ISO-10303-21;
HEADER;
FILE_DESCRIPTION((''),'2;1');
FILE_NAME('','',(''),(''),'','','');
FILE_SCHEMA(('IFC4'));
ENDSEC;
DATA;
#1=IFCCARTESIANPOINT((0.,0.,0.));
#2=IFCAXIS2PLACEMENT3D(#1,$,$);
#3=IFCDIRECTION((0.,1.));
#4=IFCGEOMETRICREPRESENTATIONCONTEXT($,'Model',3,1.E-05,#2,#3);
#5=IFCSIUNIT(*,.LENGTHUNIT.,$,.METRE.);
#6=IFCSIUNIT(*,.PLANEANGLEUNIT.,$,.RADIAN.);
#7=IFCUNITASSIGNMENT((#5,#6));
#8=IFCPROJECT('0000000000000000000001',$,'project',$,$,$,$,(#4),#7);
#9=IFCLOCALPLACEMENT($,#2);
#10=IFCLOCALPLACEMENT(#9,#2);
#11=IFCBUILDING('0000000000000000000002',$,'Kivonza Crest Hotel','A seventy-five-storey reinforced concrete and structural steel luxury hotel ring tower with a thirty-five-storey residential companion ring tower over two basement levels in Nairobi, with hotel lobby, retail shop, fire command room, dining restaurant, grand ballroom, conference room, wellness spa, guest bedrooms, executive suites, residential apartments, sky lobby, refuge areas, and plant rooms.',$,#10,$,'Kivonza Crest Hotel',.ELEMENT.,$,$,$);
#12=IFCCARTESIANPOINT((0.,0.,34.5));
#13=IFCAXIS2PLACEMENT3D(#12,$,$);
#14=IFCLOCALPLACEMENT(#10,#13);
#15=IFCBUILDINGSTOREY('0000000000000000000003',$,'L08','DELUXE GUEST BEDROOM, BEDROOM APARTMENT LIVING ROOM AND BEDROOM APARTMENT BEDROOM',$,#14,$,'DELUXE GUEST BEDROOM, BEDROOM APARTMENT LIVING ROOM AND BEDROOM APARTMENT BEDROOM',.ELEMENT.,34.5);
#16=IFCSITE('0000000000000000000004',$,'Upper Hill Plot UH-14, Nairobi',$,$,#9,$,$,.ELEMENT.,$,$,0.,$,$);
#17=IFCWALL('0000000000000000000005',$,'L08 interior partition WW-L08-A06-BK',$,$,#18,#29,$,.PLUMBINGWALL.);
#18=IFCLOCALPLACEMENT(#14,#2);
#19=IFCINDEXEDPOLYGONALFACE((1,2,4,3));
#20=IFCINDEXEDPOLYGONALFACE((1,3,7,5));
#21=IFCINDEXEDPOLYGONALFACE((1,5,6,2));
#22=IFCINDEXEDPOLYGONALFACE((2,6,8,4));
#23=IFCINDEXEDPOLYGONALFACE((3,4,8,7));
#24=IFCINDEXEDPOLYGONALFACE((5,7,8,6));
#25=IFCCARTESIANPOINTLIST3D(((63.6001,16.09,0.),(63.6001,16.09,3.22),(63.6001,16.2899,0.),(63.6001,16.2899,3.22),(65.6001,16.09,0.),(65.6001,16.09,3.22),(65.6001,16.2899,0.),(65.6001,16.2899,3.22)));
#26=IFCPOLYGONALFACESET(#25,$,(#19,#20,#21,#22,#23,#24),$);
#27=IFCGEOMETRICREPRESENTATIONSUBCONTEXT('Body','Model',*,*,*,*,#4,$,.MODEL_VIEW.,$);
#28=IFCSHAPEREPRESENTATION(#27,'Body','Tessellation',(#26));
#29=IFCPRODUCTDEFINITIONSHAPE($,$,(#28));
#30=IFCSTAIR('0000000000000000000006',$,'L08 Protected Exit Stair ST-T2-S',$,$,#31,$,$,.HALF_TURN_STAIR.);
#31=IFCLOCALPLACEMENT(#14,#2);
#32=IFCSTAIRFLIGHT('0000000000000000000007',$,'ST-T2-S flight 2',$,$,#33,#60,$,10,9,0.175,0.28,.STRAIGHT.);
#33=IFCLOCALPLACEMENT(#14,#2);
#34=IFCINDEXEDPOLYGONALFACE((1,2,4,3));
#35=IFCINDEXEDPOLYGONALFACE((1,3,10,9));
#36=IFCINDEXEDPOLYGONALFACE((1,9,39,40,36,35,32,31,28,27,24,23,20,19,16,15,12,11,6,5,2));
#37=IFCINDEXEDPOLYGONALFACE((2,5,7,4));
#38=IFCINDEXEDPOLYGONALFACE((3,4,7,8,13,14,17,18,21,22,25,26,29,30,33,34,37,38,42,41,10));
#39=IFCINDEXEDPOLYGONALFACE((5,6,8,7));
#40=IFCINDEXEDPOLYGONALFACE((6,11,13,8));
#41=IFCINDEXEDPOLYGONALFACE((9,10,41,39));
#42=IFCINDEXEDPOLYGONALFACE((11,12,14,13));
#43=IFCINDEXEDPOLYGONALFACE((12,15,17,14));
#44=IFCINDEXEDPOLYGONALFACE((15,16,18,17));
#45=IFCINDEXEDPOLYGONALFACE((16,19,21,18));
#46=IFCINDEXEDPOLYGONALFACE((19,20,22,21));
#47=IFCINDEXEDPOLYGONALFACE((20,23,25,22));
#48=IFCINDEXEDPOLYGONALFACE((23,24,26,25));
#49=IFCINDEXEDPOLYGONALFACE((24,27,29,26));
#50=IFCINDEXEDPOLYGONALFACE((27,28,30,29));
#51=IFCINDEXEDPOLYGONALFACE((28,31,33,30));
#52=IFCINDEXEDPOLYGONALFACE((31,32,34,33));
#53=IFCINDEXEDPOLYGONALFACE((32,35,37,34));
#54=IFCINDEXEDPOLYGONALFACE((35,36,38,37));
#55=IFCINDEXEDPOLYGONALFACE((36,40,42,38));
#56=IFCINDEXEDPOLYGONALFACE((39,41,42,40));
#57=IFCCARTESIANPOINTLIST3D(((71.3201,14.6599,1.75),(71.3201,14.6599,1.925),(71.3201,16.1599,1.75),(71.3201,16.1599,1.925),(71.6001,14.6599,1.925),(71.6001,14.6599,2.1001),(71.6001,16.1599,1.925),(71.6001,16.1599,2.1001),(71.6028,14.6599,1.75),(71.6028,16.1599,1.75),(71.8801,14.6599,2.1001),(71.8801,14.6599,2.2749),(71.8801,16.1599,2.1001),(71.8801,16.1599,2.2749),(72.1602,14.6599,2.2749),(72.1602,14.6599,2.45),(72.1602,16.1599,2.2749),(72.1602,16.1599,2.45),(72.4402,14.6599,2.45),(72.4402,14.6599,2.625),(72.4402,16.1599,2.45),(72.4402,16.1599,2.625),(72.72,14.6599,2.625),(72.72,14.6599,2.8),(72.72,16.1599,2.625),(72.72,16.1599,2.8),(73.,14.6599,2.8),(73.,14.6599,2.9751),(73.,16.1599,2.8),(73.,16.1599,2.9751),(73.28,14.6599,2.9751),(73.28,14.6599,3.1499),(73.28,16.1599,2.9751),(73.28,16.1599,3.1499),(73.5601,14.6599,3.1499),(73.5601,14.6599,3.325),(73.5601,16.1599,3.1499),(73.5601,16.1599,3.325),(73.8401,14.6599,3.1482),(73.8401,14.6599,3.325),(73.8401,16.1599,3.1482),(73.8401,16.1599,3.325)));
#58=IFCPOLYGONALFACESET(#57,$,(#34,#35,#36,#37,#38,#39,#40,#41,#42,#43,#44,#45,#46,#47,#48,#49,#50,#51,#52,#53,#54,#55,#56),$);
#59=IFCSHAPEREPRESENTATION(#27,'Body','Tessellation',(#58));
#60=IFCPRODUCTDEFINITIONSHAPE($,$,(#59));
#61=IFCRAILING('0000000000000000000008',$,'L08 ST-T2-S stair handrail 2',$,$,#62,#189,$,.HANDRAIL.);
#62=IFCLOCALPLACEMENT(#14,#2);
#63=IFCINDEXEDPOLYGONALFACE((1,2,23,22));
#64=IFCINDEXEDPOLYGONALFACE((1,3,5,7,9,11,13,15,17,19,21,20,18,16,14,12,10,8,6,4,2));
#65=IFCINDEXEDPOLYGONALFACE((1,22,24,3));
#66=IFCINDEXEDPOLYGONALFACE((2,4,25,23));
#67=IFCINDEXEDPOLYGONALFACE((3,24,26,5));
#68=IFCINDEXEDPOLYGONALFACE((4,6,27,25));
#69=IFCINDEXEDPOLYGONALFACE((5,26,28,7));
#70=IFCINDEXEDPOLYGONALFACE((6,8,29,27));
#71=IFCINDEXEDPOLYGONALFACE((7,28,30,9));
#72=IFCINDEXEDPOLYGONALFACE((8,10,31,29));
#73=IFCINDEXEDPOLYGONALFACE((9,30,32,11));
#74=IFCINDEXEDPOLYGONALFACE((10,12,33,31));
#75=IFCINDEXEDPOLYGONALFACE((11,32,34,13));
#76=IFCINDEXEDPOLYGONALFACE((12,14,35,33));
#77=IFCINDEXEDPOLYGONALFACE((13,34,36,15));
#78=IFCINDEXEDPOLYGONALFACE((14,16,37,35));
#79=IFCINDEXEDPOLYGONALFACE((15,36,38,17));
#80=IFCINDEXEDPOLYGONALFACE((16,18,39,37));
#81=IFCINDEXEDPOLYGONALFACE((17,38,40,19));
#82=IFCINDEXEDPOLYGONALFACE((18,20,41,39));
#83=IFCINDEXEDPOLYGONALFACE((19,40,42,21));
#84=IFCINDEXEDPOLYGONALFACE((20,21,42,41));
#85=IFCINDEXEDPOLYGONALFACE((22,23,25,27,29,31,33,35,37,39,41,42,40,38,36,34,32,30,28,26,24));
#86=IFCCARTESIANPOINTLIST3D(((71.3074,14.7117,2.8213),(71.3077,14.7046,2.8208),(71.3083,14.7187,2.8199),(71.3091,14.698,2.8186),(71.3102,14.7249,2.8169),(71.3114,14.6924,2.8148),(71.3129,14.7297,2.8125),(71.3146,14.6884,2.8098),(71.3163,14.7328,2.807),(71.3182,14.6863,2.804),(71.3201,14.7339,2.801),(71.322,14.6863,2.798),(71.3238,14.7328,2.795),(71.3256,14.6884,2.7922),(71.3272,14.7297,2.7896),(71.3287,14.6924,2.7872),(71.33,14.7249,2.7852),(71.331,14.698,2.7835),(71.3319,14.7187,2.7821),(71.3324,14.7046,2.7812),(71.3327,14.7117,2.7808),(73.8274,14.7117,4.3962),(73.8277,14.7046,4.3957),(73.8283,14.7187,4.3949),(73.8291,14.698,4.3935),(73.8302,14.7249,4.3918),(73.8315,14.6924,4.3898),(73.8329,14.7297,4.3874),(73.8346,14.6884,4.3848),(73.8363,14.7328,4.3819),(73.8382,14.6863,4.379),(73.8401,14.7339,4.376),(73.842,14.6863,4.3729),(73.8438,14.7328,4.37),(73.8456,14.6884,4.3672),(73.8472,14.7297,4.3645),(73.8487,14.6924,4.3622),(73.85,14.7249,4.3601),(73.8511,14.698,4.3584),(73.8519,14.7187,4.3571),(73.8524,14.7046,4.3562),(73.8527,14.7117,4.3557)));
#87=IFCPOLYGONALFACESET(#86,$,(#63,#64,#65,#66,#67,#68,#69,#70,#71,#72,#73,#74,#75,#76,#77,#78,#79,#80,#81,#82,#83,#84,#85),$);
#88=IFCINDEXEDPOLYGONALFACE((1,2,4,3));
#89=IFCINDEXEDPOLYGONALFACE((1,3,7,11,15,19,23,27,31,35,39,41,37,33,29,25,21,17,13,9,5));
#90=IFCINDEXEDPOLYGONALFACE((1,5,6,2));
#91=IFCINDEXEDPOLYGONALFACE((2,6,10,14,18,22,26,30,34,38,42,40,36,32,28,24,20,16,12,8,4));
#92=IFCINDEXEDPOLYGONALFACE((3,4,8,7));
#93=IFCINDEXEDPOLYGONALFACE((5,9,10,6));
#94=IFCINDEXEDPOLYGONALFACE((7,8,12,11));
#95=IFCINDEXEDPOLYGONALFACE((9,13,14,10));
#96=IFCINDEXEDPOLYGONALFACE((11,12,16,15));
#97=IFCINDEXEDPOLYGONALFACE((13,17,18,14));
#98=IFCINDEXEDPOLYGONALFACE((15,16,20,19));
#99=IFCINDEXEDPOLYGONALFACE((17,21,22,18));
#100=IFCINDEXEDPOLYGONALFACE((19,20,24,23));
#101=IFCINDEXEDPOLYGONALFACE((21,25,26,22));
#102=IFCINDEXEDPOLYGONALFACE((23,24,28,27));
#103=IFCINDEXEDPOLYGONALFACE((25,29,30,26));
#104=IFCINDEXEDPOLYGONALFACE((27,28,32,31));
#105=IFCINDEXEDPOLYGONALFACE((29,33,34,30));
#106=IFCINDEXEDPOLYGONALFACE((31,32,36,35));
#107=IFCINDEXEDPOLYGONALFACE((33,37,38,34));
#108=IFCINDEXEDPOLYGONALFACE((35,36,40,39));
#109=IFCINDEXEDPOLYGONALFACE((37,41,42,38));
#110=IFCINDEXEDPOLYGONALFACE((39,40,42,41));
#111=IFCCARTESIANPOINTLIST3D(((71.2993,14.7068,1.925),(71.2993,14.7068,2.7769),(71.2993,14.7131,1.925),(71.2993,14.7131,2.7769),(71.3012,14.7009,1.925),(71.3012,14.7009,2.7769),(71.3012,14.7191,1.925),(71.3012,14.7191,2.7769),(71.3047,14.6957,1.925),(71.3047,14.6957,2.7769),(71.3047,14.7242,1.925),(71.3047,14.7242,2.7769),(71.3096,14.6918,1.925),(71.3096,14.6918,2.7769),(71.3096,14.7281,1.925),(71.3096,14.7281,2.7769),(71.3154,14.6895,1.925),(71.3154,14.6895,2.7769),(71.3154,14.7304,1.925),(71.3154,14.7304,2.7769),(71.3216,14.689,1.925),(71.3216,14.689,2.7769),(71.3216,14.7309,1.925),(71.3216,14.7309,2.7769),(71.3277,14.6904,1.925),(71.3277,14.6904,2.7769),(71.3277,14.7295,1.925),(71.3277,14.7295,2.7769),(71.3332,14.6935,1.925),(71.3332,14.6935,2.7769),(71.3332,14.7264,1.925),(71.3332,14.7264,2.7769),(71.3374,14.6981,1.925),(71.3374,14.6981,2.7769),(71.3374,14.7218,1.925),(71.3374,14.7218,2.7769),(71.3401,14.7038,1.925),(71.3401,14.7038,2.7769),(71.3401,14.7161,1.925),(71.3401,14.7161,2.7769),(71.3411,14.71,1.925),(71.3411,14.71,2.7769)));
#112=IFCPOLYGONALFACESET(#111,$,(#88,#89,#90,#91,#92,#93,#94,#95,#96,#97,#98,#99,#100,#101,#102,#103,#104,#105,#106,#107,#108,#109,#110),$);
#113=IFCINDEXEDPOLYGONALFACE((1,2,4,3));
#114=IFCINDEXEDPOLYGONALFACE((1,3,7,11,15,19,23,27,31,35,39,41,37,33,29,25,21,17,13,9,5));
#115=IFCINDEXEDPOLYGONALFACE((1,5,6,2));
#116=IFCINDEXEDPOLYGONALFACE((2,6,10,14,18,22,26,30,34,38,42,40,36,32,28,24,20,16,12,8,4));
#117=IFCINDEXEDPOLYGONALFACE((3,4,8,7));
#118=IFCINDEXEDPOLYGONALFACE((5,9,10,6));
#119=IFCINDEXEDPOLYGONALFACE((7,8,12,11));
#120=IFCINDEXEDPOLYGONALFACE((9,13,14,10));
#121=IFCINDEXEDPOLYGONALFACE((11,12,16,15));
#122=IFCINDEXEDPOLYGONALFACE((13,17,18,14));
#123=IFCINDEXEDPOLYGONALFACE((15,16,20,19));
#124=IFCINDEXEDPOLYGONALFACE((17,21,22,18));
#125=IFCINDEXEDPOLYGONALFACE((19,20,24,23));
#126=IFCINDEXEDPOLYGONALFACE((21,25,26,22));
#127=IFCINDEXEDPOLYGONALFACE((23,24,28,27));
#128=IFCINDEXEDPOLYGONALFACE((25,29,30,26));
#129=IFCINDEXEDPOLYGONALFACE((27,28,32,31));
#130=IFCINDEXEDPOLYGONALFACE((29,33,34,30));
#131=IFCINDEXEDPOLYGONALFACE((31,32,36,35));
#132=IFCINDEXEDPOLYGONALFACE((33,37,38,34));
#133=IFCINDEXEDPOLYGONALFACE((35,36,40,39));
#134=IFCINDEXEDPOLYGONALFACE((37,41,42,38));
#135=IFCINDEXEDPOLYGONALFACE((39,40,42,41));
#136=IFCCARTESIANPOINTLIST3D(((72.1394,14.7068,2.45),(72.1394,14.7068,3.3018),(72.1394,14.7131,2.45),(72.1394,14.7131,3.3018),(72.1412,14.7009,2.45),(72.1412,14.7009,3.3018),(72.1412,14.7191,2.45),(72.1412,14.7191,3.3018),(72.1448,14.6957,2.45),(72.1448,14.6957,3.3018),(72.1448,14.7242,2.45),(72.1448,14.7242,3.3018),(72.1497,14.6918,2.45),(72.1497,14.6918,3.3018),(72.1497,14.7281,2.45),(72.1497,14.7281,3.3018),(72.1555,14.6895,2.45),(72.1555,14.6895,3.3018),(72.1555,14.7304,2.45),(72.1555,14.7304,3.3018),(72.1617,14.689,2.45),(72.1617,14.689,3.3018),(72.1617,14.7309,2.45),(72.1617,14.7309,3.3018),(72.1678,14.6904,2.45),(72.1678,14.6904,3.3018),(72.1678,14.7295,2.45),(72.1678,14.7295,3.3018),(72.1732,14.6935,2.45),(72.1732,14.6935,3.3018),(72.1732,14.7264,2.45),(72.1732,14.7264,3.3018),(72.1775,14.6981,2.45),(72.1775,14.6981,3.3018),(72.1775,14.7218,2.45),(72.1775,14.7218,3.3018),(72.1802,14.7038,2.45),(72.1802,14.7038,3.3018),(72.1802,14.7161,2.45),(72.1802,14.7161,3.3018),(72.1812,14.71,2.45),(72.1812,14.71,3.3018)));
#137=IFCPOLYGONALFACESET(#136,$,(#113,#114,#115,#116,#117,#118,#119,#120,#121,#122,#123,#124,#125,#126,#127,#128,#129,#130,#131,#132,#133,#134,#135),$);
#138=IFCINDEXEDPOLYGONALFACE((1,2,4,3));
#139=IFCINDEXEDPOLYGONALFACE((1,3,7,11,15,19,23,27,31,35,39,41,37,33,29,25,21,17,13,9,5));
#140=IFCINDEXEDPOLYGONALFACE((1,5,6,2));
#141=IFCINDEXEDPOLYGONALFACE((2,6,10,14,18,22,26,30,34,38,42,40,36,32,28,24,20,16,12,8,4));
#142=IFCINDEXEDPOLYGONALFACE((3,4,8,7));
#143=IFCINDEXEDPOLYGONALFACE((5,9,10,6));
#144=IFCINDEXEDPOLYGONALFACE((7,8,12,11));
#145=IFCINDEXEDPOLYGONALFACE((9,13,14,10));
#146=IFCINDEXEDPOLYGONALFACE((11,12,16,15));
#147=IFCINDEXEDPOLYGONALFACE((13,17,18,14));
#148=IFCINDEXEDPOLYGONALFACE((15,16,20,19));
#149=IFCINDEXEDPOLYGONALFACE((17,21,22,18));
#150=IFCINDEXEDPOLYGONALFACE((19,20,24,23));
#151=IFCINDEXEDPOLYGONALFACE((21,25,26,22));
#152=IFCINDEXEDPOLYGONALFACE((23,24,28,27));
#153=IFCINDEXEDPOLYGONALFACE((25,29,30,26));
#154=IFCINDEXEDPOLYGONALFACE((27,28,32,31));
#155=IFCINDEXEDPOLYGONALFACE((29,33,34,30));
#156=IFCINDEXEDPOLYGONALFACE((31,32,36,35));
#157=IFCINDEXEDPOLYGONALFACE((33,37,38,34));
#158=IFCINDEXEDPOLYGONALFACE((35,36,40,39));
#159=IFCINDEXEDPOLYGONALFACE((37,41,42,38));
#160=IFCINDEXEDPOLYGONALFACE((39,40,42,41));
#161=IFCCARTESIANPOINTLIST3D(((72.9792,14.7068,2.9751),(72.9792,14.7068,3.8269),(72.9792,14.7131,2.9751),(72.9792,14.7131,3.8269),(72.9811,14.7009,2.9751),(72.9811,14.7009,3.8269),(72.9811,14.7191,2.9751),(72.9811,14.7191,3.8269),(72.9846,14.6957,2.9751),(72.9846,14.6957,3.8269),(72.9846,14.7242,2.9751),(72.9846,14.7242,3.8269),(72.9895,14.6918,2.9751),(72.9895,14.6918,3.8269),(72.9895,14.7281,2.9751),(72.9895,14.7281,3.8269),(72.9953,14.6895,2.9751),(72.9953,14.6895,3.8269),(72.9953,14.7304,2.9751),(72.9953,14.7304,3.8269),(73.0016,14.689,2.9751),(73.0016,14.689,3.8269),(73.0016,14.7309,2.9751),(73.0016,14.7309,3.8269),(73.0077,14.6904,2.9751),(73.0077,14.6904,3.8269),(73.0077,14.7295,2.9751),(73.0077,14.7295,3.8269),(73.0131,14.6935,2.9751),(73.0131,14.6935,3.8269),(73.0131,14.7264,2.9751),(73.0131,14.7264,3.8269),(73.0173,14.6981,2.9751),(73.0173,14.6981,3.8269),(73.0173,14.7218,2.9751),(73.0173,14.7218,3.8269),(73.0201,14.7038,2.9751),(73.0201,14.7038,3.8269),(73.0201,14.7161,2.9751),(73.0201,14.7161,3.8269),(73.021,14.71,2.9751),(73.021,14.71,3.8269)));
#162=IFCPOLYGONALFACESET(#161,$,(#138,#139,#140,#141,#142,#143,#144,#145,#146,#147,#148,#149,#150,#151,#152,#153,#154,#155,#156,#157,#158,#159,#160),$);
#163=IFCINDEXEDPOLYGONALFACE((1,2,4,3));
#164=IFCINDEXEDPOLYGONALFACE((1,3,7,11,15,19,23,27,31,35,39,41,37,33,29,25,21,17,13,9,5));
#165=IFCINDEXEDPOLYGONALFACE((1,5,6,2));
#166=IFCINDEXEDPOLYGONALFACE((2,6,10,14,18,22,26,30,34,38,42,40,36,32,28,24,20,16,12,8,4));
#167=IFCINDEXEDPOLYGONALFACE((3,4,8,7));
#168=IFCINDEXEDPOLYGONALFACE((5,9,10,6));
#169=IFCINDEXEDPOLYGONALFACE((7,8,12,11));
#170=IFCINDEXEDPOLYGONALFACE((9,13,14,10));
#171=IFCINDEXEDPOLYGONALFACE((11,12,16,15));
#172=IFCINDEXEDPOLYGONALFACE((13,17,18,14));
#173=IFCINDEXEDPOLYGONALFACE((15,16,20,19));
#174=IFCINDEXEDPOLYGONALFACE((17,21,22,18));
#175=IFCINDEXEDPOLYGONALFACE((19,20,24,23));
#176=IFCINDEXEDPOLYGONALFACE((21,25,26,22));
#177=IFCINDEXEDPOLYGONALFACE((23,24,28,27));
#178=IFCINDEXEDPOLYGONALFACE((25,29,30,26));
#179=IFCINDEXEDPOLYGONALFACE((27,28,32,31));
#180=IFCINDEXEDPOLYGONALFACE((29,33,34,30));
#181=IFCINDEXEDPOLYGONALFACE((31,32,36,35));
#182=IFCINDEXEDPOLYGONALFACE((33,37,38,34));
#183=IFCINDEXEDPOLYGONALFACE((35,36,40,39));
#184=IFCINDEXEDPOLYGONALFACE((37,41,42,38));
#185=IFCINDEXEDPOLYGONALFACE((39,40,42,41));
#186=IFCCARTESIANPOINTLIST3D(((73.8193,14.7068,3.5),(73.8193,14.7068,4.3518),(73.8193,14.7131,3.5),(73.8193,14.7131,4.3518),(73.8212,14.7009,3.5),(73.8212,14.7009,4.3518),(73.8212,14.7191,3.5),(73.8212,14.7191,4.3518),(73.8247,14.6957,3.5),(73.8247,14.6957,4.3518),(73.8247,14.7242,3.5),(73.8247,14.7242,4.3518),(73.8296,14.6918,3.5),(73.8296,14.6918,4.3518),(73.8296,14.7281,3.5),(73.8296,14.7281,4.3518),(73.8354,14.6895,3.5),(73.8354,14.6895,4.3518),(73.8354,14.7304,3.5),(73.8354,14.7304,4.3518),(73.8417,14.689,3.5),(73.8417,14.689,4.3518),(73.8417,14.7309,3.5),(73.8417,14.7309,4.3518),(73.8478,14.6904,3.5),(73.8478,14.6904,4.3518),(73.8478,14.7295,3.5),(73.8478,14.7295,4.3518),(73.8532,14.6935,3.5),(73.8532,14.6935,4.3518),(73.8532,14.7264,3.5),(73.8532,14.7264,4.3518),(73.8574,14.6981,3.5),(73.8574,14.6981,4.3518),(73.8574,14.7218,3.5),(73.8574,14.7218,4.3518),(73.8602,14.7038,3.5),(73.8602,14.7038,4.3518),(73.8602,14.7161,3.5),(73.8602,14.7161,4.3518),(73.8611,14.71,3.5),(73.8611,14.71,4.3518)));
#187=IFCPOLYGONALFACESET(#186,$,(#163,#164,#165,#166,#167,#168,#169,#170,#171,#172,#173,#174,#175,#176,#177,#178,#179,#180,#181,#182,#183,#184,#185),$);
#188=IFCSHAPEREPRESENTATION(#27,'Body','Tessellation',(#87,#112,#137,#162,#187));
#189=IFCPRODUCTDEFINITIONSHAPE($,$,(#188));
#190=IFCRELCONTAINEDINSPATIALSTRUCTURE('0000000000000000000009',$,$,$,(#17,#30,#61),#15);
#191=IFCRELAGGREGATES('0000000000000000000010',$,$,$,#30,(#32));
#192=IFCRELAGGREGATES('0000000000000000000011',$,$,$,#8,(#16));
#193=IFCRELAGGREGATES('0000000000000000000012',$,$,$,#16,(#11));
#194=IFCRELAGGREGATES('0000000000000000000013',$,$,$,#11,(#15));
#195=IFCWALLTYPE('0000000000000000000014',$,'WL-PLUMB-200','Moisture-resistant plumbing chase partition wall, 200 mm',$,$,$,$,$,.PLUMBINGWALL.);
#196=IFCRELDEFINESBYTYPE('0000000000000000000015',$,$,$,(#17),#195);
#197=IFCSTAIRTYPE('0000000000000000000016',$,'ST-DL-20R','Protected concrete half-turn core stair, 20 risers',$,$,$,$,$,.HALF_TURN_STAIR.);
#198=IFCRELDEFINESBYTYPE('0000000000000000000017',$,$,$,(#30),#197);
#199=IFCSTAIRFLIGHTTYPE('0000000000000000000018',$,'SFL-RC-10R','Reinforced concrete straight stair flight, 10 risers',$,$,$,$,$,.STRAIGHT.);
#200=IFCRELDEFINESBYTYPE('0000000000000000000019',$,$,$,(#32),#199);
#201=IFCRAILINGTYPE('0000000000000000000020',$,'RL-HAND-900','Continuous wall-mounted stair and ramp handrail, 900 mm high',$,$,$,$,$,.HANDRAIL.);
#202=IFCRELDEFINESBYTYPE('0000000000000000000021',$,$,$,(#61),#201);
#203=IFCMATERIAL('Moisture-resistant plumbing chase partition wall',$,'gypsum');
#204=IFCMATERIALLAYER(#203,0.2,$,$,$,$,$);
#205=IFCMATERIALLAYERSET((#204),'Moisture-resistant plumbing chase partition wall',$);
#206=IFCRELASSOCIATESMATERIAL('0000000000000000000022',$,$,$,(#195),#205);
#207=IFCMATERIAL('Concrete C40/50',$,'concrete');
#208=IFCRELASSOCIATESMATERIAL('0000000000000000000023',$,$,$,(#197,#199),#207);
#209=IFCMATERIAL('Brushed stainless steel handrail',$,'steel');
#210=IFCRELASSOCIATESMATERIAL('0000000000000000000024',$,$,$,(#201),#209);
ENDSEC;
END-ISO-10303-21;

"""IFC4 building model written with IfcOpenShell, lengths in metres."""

from ifc_helpers import new_model, si_unit, direction, frame, frame_2d, origin, origin_2d, place, context, subcontext, project, spatial, polyline, rectangle, circle, outline, extrude, material, layer, layer_set, type_object, element, aggregate, save


model = new_model("IFC4")

# Units and contexts
model_context = context("Model", 3, precision=1e-05, world=origin(), true_north=direction((0.0, 1.0)))
body_context = subcontext(model_context, "Body", "Model", "MODEL_VIEW")
ifc_project = project(units=[si_unit("LENGTHUNIT", "METRE"), si_unit("PLANEANGLEUNIT", "RADIAN")], contexts=[model_context])

# Site, building, storey
site_placement = place(None, origin())
site = spatial("IfcSite", under=ifc_project, at=site_placement, Name="Upper Hill Plot UH-14, Nairobi", CompositionType="ELEMENT", RefElevation=0.0)
building_placement = place(site_placement, origin())
building = spatial("IfcBuilding", under=site, at=building_placement, Name="Kivonza Crest Hotel", Description="A seventy-five-storey reinforced concrete and structural steel luxury hotel ring tower with a thirty-five-storey residential companion ring tower over two basement levels in Nairobi, with hotel lobby, retail shop, fire command room, dining restaurant, grand ballroom, conference room, wellness spa, guest bedrooms, executive suites, residential apartments, sky lobby, refuge areas, and plant rooms.", LongName="Kivonza Crest Hotel", CompositionType="ELEMENT")
storey_placement = place(building_placement, frame((0.0, 0.0, 34.5)))
storey = spatial("IfcBuildingStorey", under=building, at=storey_placement, Name="L08", Description="DELUXE GUEST BEDROOM, BEDROOM APARTMENT LIVING ROOM AND BEDROOM APARTMENT BEDROOM", LongName="DELUXE GUEST BEDROOM, BEDROOM APARTMENT LIVING ROOM AND BEDROOM APARTMENT BEDROOM", CompositionType="ELEMENT", Elevation=34.5)

# Wall
ifc_material_1 = material(Name="Moisture-resistant plumbing chase partition wall", Category="gypsum")
ifc_layer_1 = layer(ifc_material_1, 0.2)
ifc_layer_set_1 = layer_set([ifc_layer_1], Name="Moisture-resistant plumbing chase partition wall")
wall_type_1 = type_object("IfcWallType", Name="WL-PLUMB-200", Description="Moisture-resistant plumbing chase partition wall, 200 mm", PredefinedType="PLUMBINGWALL", material=ifc_layer_set_1)
wall_1_placement = place(storey_placement, frame((63.6001, 16.1899, 0.0), z_axis=(0.0, 0.0, 1.0), x_axis=(1.0, 0.0, 0.0)))
element("IfcWall", 1, at=wall_1_placement, inside=storey, type_object=wall_type_1, Name="L08 interior partition WW-L08-A06-BK", PredefinedType="PLUMBINGWALL", context=body_context, shape_type="SweptSolid", body=[
    extrude(rectangle(XDim=2.0, YDim=0.2, at=frame_2d((1.0, 0.0))), origin(), (0.0, 0.0, 1.0), 3.22),
])

# Stair, stair flight
ifc_material_2 = material(Name="Concrete C40/50", Category="concrete")
stair_type = type_object("IfcStairType", Name="ST-DL-20R", Description="Protected concrete half-turn core stair, 20 risers", PredefinedType="HALF_TURN_STAIR", material=ifc_material_2)
stair_placement = place(storey_placement, origin())
stair = element("IfcStair", 2, at=stair_placement, inside=storey, type_object=stair_type, Name="L08 Protected Exit Stair ST-T2-S", PredefinedType="HALF_TURN_STAIR")
stair_flight_type = type_object("IfcStairFlightType", Name="SFL-RC-10R", Description="Reinforced concrete straight stair flight, 10 risers", PredefinedType="STRAIGHT", material=ifc_material_2)
stair_flight_placement = place(storey_placement, frame((71.3201, 15.4099, 1.75), z_axis=(0.0, 0.0, 1.0), x_axis=(1.0, 0.0, 0.0)))
stair_flight = element("IfcStairFlight", 3, at=stair_flight_placement, type_object=stair_flight_type, Name="ST-T2-S flight 2", NumberOfRisers=10, NumberOfTreads=9, PredefinedType="STRAIGHT", RiserHeight=0.175, TreadLength=0.28, context=body_context, shape_type="SweptSolid", body=[
    extrude(outline(polyline([(0.0, 0.0), (0.0, 0.175), (0.28, 0.175), (0.28, 0.3501), (0.5601, 0.3501), (0.5601, 0.5249), (0.8401, 0.5249), (0.8401, 0.7), (1.1201, 0.7), (1.1201, 0.875), (1.3999, 0.875), (1.3999, 1.05), (1.6799, 1.05), (1.6799, 1.2251), (1.96, 1.2251), (1.96, 1.3999), (2.24, 1.3999), (2.24, 1.575), (2.52, 1.575), (2.52, 1.75), (2.52, 1.3982), (0.2827, 0.0), (0.0, 0.0)])), frame((0.0, 0.75, 0.0), z_axis=(0.0, -1.0, 0.0), x_axis=(1.0, 0.0, 0.0)), (0.0, 0.0, 1.0), 1.5),
])
aggregate(stair, [stair_flight])

# Railing
ifc_material_3 = material(Name="Brushed stainless steel handrail", Category="steel")
railing_type_1 = type_object("IfcRailingType", Name="RL-HAND-900", Description="Continuous wall-mounted stair and ramp handrail, 900 mm high", PredefinedType="HANDRAIL", material=ifc_material_3)
railing_1_placement = place(storey_placement, frame((71.3201, 14.71, 1.925)))
element("IfcRailing", 4, at=railing_1_placement, inside=storey, type_object=railing_type_1, Name="L08 ST-T2-S stair handrail 2", PredefinedType="HANDRAIL", context=body_context, shape_type="SweptSolid", body=[
    extrude(circle(Radius=0.0239, at=origin_2d()), frame((0.0, 0.0, 0.876), z_axis=(0.848008, 0.0, 0.529984), x_axis=(0.0, 1.0, 0.0)), (0.0, 0.0, 1.0), 2.9717),
    extrude(circle(Radius=0.021, at=origin_2d()), origin(), (0.0, 0.0, 1.0), 0.8518),
    extrude(circle(Radius=0.021, at=origin_2d()), frame((0.8401, 0.0, 0.5249)), (0.0, 0.0, 1.0), 0.8518),
    extrude(circle(Radius=0.021, at=origin_2d()), frame((1.6799, 0.0, 1.05)), (0.0, 0.0, 1.0), 0.8518),
    extrude(circle(Radius=0.021, at=origin_2d()), frame((2.52, 0.0, 1.575)), (0.0, 0.0, 1.0), 0.8518),
])

save(model, "model.ifc")
